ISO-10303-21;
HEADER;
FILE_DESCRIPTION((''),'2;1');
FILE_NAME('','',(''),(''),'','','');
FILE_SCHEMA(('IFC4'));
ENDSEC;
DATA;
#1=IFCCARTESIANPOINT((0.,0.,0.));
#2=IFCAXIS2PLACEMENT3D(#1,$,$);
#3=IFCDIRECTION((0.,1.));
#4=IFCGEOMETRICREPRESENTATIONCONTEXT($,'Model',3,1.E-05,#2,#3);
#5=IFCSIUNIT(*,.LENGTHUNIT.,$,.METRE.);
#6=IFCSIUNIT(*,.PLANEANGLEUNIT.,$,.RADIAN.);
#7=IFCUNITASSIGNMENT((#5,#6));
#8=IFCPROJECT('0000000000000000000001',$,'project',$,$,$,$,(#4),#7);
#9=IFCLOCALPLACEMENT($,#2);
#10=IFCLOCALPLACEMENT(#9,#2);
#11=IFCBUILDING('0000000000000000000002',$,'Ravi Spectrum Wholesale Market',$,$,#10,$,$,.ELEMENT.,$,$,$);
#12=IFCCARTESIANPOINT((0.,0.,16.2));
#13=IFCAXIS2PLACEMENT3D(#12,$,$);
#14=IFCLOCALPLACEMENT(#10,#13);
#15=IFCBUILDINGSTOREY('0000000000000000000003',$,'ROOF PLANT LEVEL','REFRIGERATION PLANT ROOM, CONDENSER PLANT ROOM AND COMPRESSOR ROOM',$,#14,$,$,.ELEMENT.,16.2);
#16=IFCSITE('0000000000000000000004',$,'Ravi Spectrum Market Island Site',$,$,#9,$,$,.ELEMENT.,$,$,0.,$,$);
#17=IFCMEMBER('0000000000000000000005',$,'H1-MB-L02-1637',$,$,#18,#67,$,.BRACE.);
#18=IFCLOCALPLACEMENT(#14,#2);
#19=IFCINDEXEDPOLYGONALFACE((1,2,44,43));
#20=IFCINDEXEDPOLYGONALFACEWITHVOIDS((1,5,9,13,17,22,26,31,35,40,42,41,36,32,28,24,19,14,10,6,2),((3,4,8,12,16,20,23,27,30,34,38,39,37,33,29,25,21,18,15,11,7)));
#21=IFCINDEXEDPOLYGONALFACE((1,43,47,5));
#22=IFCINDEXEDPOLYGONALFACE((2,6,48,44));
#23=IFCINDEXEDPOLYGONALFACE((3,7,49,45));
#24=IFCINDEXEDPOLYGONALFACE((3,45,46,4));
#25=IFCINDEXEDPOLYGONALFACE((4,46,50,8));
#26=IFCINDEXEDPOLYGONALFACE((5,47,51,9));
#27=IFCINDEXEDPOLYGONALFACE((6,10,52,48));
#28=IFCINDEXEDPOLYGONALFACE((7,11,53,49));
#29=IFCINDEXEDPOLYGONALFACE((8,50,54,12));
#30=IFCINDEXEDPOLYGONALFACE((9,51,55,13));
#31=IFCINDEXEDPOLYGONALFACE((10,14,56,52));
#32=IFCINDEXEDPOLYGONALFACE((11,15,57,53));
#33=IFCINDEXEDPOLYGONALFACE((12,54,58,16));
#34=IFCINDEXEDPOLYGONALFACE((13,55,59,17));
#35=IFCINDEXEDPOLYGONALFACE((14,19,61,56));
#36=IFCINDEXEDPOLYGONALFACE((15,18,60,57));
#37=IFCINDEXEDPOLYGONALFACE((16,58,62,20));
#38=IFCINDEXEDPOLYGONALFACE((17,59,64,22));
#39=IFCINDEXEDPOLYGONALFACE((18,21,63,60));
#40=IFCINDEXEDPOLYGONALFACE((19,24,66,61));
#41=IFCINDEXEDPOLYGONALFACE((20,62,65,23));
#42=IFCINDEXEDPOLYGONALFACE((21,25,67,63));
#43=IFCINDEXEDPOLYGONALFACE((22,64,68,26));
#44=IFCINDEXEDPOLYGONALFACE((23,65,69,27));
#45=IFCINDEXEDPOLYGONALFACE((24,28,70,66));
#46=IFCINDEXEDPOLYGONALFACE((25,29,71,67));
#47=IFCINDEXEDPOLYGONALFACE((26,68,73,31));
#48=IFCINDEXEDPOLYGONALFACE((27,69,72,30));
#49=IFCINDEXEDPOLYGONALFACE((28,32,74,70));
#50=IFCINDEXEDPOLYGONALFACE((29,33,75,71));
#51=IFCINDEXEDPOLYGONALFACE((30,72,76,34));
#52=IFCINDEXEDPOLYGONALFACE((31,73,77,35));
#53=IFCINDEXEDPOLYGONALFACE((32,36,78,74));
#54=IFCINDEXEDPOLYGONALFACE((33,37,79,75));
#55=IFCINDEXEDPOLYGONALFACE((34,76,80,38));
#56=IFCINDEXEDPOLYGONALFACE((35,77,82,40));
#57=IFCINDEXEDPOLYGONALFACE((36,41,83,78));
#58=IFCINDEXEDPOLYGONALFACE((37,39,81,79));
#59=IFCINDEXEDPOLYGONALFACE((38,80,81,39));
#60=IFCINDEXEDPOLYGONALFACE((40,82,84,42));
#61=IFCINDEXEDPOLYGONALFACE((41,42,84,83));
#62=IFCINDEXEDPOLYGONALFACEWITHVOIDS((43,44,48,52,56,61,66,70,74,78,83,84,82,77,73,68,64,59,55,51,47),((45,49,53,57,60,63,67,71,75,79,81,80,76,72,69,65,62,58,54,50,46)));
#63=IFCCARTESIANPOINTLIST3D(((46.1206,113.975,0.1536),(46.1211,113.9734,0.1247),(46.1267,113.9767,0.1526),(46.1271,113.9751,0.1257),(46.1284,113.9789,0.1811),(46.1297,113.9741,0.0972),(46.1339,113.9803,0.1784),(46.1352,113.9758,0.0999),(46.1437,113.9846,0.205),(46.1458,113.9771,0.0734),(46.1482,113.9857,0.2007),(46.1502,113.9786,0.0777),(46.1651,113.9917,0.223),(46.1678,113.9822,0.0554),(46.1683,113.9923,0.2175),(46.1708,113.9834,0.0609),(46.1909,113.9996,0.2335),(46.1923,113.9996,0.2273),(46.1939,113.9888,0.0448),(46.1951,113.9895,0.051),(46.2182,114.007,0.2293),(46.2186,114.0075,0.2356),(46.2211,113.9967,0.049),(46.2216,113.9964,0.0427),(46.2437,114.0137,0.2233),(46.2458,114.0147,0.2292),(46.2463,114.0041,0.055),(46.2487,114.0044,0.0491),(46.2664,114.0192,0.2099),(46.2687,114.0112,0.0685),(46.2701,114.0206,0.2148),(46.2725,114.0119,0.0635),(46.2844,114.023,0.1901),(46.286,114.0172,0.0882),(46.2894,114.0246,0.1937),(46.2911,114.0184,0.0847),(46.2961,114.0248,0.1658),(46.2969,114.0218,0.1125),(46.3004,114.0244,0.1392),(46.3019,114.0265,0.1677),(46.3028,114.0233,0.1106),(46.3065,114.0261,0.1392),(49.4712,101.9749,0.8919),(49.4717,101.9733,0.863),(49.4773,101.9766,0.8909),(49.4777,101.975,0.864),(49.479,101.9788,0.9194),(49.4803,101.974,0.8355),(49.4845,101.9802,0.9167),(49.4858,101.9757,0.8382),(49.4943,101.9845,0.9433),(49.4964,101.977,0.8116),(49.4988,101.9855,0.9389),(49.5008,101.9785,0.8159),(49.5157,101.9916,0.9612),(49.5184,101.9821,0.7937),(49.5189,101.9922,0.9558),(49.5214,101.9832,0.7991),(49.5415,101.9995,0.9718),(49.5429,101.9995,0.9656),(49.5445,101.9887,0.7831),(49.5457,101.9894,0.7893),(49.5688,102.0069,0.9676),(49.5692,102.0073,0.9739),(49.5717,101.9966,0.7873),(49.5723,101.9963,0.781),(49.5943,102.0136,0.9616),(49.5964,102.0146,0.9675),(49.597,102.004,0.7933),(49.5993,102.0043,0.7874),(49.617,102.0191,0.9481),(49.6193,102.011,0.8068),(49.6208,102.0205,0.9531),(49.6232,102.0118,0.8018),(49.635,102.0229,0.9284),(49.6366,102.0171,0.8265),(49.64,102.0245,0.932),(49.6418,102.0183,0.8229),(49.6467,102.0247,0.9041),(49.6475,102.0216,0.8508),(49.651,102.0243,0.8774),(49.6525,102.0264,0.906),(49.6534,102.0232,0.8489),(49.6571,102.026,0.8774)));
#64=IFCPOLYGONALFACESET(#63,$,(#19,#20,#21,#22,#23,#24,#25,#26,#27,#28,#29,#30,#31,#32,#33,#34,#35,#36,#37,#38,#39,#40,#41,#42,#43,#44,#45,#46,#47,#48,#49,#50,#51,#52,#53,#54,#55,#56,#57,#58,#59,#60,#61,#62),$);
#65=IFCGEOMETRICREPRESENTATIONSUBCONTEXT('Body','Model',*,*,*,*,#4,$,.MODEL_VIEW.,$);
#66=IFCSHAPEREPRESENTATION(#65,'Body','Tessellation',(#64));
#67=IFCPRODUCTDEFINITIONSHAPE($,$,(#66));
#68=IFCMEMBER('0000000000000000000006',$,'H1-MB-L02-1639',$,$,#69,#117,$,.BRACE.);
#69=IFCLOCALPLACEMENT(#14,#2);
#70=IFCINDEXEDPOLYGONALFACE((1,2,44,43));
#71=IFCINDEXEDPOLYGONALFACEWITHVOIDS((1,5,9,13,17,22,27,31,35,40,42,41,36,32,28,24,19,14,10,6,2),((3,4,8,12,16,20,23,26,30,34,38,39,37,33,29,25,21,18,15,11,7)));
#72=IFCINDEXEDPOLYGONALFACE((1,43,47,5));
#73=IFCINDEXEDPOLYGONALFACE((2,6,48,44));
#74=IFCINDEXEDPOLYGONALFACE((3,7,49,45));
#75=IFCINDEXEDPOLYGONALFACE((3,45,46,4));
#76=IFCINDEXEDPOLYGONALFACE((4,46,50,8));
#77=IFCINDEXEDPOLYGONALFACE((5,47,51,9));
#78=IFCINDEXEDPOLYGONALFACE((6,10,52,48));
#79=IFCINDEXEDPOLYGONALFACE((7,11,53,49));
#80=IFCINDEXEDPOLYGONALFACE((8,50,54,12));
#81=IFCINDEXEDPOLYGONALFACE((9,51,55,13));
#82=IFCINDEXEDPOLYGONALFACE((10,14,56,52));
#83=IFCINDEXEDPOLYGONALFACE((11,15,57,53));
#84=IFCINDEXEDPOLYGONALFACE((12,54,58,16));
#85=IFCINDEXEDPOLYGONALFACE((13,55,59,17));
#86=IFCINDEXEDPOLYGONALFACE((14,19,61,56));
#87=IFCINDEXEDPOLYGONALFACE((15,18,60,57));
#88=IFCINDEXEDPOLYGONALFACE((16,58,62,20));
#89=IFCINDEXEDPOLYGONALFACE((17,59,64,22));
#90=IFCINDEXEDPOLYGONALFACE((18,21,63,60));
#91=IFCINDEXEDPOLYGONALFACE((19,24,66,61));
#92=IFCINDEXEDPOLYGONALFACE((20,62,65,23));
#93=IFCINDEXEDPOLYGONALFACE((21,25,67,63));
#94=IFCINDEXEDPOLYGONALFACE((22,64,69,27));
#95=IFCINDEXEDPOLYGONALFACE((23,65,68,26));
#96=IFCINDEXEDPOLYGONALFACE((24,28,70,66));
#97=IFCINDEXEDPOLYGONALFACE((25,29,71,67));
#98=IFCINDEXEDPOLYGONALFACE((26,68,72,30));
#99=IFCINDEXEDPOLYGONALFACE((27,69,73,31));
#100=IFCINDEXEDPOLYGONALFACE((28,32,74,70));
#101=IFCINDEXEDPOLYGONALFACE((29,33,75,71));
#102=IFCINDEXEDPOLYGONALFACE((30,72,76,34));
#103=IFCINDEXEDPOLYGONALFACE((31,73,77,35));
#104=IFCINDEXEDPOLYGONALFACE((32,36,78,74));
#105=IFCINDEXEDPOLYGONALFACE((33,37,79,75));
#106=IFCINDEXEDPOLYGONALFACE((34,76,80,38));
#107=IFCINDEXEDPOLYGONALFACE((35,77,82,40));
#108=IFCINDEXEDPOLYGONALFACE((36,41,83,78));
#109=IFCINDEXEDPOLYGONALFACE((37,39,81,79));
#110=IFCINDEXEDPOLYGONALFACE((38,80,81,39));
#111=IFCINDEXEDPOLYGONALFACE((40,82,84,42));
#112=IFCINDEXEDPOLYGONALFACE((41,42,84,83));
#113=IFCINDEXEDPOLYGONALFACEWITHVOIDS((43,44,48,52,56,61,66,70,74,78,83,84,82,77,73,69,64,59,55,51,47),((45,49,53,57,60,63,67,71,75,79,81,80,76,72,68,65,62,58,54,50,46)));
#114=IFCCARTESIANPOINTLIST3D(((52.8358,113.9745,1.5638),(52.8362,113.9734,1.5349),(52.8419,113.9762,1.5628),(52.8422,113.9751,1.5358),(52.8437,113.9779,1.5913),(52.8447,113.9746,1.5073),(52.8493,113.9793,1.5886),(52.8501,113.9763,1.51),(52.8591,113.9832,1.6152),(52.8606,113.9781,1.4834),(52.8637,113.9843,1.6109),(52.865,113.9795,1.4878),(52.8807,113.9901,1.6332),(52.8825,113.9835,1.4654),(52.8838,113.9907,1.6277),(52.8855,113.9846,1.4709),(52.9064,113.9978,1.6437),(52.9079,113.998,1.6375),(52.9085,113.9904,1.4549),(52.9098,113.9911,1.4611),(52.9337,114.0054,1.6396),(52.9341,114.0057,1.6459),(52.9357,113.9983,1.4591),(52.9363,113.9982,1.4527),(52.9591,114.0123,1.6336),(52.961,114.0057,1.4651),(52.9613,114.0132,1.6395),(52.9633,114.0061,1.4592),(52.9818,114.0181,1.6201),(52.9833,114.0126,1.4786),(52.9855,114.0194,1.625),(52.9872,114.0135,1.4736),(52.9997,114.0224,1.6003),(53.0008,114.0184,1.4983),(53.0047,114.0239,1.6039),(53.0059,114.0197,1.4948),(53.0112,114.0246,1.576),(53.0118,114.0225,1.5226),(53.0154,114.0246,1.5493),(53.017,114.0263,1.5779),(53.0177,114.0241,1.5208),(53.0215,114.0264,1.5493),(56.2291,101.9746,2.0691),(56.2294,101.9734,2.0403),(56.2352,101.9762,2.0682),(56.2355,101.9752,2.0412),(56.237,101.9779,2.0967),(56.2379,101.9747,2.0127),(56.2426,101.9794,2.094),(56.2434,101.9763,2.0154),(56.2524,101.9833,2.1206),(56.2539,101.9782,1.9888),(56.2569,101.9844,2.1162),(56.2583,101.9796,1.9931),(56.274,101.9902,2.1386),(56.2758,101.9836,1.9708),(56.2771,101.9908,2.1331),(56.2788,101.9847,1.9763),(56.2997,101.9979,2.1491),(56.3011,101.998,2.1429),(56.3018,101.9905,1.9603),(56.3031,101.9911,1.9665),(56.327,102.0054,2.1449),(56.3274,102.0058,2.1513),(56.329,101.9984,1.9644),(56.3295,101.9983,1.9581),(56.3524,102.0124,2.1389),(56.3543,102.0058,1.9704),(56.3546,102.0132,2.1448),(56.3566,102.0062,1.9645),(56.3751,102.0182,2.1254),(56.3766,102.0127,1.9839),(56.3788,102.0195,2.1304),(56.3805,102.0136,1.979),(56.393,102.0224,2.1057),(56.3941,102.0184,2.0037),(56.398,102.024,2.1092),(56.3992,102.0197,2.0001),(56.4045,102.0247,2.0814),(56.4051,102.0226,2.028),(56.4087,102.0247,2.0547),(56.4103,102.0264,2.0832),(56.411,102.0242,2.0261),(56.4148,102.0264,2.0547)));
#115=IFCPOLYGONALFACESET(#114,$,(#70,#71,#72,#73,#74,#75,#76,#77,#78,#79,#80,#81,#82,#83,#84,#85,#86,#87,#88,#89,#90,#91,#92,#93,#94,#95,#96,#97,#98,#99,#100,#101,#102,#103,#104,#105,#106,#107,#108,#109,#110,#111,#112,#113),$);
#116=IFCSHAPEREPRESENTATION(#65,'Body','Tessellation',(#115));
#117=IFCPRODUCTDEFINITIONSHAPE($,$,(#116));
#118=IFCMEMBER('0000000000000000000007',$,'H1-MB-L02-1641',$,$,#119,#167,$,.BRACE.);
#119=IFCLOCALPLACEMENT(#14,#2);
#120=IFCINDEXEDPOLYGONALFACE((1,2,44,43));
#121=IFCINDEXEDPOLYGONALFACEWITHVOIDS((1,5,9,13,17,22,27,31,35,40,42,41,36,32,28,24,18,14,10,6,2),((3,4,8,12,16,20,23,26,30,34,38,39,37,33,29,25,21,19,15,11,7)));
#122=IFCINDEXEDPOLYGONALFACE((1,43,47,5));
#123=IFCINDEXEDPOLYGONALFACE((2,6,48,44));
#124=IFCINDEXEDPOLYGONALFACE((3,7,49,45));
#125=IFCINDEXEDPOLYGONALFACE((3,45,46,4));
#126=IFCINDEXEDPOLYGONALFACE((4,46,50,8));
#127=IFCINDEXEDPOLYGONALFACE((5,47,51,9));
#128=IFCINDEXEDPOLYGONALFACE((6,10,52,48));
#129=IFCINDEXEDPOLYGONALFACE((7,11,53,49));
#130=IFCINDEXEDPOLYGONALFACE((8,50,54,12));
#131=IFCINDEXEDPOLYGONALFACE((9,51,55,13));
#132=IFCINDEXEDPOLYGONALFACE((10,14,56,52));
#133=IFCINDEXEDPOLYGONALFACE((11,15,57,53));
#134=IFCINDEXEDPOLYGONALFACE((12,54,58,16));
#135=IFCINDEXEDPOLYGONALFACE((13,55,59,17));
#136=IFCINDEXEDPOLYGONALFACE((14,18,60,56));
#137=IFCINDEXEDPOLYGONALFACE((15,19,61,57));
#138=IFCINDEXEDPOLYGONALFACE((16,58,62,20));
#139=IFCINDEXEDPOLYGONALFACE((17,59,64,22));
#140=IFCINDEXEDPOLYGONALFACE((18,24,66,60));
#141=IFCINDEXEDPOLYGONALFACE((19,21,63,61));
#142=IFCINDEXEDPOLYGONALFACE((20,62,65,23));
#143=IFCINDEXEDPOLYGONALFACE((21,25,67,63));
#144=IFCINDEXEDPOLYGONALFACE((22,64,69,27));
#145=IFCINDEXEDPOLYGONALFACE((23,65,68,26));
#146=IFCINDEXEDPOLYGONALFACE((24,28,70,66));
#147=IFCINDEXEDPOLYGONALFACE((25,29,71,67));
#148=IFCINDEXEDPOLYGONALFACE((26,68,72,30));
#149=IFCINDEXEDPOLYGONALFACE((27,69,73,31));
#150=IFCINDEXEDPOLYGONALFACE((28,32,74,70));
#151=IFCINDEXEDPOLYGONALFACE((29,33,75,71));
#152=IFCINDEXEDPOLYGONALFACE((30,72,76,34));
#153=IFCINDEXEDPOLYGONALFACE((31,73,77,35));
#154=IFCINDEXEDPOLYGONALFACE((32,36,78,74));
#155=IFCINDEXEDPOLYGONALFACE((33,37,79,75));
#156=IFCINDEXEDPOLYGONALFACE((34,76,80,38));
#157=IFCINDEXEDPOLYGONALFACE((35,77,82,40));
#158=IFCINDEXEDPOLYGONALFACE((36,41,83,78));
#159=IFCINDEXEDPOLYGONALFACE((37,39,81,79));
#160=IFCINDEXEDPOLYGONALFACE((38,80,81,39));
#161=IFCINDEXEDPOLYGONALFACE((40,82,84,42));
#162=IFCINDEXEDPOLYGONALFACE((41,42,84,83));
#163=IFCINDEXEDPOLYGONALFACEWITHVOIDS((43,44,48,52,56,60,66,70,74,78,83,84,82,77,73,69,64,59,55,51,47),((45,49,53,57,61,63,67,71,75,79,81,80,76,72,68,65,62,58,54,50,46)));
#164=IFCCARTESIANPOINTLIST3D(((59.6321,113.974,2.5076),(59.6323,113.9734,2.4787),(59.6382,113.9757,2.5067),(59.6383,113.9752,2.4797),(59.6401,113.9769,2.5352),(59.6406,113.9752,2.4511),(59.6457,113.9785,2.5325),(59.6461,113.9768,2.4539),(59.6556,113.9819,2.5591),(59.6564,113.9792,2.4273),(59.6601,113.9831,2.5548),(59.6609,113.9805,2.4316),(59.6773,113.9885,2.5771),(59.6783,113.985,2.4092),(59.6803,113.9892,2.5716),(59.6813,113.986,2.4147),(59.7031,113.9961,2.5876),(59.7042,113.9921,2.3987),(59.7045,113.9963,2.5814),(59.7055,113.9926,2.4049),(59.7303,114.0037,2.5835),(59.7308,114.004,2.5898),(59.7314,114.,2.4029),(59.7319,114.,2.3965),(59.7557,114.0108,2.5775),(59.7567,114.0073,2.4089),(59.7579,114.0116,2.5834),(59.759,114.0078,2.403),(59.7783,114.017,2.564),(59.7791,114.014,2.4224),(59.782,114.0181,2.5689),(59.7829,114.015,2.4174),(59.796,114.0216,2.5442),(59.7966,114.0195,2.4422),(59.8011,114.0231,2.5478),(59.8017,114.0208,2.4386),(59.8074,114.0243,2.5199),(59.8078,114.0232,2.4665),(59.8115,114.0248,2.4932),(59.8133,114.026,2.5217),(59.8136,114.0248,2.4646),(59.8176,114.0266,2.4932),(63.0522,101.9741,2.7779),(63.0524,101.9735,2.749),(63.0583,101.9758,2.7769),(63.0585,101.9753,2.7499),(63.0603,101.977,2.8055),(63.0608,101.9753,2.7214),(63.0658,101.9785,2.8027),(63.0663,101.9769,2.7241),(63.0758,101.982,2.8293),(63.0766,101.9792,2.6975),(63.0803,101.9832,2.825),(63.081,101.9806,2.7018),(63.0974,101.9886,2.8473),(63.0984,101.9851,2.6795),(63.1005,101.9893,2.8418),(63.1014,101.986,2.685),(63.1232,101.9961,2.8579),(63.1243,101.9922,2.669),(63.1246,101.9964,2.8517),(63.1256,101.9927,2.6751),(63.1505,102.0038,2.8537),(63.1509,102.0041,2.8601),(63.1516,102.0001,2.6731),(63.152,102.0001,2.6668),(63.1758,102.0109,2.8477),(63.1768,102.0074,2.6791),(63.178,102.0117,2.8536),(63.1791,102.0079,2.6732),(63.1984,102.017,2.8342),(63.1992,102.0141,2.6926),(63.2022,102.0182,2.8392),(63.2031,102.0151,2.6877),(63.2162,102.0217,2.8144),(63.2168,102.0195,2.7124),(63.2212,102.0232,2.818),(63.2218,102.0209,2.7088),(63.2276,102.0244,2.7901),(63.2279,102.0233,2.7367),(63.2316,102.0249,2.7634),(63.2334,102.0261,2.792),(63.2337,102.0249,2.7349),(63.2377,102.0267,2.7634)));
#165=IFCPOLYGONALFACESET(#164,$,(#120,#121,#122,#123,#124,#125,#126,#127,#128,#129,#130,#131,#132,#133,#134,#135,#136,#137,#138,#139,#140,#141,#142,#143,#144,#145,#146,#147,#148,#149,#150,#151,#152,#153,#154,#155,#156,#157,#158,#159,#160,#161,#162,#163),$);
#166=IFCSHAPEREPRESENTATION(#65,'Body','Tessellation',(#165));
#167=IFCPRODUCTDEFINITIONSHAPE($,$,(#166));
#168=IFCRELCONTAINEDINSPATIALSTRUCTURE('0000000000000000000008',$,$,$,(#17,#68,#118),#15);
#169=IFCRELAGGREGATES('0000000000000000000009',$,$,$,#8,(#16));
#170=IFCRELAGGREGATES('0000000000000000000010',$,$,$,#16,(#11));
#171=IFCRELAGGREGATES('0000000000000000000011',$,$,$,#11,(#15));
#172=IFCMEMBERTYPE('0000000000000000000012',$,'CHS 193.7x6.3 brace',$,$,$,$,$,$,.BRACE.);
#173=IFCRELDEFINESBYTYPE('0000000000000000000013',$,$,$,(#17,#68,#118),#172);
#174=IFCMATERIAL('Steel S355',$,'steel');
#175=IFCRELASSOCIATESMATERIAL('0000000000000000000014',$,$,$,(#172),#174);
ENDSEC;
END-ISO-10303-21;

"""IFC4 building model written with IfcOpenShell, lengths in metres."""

from ifc_helpers import new_model, si_unit, direction, frame, origin, origin_2d, place, context, subcontext, project, spatial, hollow_circle, extrude, material, material_profile, profile_set, type_object, element, save


model = new_model("IFC4")

# Units and contexts
model_context = context("Model", 3, precision=1e-05, world=origin(), true_north=direction((0.0, 1.0)))
body_context = subcontext(model_context, "Body", "Model", "MODEL_VIEW")
ifc_project = project(units=[si_unit("LENGTHUNIT", "METRE"), si_unit("PLANEANGLEUNIT", "RADIAN")], contexts=[model_context])

# Site, building, storey
site_placement = place(None, origin())
site = spatial("IfcSite", under=ifc_project, at=site_placement, Name="Ravi Spectrum Market Island Site", CompositionType="ELEMENT", RefElevation=0.0)
building_placement = place(site_placement, origin())
building = spatial("IfcBuilding", under=site, at=building_placement, Name="Ravi Spectrum Wholesale Market", CompositionType="ELEMENT")
storey_placement = place(building_placement, frame((0.0, 0.0, 16.2)))
storey = spatial("IfcBuildingStorey", under=building, at=storey_placement, Name="ROOF PLANT LEVEL", Description="REFRIGERATION PLANT ROOM, CONDENSER PLANT ROOM AND COMPRESSOR ROOM", CompositionType="ELEMENT", Elevation=16.2)

# Members
ifc_material_1 = material(Name="Steel S355", Category="steel")
ifc_material_profile_1 = material_profile(ifc_material_1, hollow_circle(Radius=0.0969, WallThickness=0.0063, at=origin_2d()))
ifc_profile_set_1 = profile_set([ifc_material_profile_1], Name="Steel S355")
member_type_1 = type_object("IfcMemberType", Name="CHS 193.7x6.3 brace", PredefinedType="BRACE", material=ifc_profile_set_1)
member_1_placement = place(storey_placement, frame((46.2131, 114.0, 0.1392), z_axis=(0.268458, -0.961473, 0.059153), x_axis=(0.96316, 0.268929, 0.0)))
element("IfcMember", 1, at=member_1_placement, inside=storey, type_object=member_type_1, Name="H1-MB-L02-1637", PredefinedType="BRACE", context=body_context, shape_type="SweptSolid", body=[
    extrude(hollow_circle(Radius=0.0969, WallThickness=0.0063, at=origin_2d()), origin(), (0.0, 0.0, 1.0), 12.481),
])
for number, where, z_axis, x_axis, name in (
    (2, (52.9282, 114.0, 1.5493), (0.271883, -0.961478, 0.040492), (0.962267, 0.272106, 0.0), "H1-MB-L02-1639"),
    (3, (59.7244, 114.0, 2.4932), (0.274034, -0.961476, 0.021654), (0.961702, 0.274098, 0.0), "H1-MB-L02-1641"),
):
    element("IfcMember", number, at=place(storey_placement, frame(where, z_axis=z_axis, x_axis=x_axis)), inside=storey, type_object=member_type_1, Name=name, PredefinedType="BRACE", context=body_context, shape_type="SweptSolid", body=[
        extrude(hollow_circle(Radius=0.0969, WallThickness=0.0063, at=origin_2d()), origin(), (0.0, 0.0, 1.0), 12.4807),
    ])

save(model, "model.ifc")
